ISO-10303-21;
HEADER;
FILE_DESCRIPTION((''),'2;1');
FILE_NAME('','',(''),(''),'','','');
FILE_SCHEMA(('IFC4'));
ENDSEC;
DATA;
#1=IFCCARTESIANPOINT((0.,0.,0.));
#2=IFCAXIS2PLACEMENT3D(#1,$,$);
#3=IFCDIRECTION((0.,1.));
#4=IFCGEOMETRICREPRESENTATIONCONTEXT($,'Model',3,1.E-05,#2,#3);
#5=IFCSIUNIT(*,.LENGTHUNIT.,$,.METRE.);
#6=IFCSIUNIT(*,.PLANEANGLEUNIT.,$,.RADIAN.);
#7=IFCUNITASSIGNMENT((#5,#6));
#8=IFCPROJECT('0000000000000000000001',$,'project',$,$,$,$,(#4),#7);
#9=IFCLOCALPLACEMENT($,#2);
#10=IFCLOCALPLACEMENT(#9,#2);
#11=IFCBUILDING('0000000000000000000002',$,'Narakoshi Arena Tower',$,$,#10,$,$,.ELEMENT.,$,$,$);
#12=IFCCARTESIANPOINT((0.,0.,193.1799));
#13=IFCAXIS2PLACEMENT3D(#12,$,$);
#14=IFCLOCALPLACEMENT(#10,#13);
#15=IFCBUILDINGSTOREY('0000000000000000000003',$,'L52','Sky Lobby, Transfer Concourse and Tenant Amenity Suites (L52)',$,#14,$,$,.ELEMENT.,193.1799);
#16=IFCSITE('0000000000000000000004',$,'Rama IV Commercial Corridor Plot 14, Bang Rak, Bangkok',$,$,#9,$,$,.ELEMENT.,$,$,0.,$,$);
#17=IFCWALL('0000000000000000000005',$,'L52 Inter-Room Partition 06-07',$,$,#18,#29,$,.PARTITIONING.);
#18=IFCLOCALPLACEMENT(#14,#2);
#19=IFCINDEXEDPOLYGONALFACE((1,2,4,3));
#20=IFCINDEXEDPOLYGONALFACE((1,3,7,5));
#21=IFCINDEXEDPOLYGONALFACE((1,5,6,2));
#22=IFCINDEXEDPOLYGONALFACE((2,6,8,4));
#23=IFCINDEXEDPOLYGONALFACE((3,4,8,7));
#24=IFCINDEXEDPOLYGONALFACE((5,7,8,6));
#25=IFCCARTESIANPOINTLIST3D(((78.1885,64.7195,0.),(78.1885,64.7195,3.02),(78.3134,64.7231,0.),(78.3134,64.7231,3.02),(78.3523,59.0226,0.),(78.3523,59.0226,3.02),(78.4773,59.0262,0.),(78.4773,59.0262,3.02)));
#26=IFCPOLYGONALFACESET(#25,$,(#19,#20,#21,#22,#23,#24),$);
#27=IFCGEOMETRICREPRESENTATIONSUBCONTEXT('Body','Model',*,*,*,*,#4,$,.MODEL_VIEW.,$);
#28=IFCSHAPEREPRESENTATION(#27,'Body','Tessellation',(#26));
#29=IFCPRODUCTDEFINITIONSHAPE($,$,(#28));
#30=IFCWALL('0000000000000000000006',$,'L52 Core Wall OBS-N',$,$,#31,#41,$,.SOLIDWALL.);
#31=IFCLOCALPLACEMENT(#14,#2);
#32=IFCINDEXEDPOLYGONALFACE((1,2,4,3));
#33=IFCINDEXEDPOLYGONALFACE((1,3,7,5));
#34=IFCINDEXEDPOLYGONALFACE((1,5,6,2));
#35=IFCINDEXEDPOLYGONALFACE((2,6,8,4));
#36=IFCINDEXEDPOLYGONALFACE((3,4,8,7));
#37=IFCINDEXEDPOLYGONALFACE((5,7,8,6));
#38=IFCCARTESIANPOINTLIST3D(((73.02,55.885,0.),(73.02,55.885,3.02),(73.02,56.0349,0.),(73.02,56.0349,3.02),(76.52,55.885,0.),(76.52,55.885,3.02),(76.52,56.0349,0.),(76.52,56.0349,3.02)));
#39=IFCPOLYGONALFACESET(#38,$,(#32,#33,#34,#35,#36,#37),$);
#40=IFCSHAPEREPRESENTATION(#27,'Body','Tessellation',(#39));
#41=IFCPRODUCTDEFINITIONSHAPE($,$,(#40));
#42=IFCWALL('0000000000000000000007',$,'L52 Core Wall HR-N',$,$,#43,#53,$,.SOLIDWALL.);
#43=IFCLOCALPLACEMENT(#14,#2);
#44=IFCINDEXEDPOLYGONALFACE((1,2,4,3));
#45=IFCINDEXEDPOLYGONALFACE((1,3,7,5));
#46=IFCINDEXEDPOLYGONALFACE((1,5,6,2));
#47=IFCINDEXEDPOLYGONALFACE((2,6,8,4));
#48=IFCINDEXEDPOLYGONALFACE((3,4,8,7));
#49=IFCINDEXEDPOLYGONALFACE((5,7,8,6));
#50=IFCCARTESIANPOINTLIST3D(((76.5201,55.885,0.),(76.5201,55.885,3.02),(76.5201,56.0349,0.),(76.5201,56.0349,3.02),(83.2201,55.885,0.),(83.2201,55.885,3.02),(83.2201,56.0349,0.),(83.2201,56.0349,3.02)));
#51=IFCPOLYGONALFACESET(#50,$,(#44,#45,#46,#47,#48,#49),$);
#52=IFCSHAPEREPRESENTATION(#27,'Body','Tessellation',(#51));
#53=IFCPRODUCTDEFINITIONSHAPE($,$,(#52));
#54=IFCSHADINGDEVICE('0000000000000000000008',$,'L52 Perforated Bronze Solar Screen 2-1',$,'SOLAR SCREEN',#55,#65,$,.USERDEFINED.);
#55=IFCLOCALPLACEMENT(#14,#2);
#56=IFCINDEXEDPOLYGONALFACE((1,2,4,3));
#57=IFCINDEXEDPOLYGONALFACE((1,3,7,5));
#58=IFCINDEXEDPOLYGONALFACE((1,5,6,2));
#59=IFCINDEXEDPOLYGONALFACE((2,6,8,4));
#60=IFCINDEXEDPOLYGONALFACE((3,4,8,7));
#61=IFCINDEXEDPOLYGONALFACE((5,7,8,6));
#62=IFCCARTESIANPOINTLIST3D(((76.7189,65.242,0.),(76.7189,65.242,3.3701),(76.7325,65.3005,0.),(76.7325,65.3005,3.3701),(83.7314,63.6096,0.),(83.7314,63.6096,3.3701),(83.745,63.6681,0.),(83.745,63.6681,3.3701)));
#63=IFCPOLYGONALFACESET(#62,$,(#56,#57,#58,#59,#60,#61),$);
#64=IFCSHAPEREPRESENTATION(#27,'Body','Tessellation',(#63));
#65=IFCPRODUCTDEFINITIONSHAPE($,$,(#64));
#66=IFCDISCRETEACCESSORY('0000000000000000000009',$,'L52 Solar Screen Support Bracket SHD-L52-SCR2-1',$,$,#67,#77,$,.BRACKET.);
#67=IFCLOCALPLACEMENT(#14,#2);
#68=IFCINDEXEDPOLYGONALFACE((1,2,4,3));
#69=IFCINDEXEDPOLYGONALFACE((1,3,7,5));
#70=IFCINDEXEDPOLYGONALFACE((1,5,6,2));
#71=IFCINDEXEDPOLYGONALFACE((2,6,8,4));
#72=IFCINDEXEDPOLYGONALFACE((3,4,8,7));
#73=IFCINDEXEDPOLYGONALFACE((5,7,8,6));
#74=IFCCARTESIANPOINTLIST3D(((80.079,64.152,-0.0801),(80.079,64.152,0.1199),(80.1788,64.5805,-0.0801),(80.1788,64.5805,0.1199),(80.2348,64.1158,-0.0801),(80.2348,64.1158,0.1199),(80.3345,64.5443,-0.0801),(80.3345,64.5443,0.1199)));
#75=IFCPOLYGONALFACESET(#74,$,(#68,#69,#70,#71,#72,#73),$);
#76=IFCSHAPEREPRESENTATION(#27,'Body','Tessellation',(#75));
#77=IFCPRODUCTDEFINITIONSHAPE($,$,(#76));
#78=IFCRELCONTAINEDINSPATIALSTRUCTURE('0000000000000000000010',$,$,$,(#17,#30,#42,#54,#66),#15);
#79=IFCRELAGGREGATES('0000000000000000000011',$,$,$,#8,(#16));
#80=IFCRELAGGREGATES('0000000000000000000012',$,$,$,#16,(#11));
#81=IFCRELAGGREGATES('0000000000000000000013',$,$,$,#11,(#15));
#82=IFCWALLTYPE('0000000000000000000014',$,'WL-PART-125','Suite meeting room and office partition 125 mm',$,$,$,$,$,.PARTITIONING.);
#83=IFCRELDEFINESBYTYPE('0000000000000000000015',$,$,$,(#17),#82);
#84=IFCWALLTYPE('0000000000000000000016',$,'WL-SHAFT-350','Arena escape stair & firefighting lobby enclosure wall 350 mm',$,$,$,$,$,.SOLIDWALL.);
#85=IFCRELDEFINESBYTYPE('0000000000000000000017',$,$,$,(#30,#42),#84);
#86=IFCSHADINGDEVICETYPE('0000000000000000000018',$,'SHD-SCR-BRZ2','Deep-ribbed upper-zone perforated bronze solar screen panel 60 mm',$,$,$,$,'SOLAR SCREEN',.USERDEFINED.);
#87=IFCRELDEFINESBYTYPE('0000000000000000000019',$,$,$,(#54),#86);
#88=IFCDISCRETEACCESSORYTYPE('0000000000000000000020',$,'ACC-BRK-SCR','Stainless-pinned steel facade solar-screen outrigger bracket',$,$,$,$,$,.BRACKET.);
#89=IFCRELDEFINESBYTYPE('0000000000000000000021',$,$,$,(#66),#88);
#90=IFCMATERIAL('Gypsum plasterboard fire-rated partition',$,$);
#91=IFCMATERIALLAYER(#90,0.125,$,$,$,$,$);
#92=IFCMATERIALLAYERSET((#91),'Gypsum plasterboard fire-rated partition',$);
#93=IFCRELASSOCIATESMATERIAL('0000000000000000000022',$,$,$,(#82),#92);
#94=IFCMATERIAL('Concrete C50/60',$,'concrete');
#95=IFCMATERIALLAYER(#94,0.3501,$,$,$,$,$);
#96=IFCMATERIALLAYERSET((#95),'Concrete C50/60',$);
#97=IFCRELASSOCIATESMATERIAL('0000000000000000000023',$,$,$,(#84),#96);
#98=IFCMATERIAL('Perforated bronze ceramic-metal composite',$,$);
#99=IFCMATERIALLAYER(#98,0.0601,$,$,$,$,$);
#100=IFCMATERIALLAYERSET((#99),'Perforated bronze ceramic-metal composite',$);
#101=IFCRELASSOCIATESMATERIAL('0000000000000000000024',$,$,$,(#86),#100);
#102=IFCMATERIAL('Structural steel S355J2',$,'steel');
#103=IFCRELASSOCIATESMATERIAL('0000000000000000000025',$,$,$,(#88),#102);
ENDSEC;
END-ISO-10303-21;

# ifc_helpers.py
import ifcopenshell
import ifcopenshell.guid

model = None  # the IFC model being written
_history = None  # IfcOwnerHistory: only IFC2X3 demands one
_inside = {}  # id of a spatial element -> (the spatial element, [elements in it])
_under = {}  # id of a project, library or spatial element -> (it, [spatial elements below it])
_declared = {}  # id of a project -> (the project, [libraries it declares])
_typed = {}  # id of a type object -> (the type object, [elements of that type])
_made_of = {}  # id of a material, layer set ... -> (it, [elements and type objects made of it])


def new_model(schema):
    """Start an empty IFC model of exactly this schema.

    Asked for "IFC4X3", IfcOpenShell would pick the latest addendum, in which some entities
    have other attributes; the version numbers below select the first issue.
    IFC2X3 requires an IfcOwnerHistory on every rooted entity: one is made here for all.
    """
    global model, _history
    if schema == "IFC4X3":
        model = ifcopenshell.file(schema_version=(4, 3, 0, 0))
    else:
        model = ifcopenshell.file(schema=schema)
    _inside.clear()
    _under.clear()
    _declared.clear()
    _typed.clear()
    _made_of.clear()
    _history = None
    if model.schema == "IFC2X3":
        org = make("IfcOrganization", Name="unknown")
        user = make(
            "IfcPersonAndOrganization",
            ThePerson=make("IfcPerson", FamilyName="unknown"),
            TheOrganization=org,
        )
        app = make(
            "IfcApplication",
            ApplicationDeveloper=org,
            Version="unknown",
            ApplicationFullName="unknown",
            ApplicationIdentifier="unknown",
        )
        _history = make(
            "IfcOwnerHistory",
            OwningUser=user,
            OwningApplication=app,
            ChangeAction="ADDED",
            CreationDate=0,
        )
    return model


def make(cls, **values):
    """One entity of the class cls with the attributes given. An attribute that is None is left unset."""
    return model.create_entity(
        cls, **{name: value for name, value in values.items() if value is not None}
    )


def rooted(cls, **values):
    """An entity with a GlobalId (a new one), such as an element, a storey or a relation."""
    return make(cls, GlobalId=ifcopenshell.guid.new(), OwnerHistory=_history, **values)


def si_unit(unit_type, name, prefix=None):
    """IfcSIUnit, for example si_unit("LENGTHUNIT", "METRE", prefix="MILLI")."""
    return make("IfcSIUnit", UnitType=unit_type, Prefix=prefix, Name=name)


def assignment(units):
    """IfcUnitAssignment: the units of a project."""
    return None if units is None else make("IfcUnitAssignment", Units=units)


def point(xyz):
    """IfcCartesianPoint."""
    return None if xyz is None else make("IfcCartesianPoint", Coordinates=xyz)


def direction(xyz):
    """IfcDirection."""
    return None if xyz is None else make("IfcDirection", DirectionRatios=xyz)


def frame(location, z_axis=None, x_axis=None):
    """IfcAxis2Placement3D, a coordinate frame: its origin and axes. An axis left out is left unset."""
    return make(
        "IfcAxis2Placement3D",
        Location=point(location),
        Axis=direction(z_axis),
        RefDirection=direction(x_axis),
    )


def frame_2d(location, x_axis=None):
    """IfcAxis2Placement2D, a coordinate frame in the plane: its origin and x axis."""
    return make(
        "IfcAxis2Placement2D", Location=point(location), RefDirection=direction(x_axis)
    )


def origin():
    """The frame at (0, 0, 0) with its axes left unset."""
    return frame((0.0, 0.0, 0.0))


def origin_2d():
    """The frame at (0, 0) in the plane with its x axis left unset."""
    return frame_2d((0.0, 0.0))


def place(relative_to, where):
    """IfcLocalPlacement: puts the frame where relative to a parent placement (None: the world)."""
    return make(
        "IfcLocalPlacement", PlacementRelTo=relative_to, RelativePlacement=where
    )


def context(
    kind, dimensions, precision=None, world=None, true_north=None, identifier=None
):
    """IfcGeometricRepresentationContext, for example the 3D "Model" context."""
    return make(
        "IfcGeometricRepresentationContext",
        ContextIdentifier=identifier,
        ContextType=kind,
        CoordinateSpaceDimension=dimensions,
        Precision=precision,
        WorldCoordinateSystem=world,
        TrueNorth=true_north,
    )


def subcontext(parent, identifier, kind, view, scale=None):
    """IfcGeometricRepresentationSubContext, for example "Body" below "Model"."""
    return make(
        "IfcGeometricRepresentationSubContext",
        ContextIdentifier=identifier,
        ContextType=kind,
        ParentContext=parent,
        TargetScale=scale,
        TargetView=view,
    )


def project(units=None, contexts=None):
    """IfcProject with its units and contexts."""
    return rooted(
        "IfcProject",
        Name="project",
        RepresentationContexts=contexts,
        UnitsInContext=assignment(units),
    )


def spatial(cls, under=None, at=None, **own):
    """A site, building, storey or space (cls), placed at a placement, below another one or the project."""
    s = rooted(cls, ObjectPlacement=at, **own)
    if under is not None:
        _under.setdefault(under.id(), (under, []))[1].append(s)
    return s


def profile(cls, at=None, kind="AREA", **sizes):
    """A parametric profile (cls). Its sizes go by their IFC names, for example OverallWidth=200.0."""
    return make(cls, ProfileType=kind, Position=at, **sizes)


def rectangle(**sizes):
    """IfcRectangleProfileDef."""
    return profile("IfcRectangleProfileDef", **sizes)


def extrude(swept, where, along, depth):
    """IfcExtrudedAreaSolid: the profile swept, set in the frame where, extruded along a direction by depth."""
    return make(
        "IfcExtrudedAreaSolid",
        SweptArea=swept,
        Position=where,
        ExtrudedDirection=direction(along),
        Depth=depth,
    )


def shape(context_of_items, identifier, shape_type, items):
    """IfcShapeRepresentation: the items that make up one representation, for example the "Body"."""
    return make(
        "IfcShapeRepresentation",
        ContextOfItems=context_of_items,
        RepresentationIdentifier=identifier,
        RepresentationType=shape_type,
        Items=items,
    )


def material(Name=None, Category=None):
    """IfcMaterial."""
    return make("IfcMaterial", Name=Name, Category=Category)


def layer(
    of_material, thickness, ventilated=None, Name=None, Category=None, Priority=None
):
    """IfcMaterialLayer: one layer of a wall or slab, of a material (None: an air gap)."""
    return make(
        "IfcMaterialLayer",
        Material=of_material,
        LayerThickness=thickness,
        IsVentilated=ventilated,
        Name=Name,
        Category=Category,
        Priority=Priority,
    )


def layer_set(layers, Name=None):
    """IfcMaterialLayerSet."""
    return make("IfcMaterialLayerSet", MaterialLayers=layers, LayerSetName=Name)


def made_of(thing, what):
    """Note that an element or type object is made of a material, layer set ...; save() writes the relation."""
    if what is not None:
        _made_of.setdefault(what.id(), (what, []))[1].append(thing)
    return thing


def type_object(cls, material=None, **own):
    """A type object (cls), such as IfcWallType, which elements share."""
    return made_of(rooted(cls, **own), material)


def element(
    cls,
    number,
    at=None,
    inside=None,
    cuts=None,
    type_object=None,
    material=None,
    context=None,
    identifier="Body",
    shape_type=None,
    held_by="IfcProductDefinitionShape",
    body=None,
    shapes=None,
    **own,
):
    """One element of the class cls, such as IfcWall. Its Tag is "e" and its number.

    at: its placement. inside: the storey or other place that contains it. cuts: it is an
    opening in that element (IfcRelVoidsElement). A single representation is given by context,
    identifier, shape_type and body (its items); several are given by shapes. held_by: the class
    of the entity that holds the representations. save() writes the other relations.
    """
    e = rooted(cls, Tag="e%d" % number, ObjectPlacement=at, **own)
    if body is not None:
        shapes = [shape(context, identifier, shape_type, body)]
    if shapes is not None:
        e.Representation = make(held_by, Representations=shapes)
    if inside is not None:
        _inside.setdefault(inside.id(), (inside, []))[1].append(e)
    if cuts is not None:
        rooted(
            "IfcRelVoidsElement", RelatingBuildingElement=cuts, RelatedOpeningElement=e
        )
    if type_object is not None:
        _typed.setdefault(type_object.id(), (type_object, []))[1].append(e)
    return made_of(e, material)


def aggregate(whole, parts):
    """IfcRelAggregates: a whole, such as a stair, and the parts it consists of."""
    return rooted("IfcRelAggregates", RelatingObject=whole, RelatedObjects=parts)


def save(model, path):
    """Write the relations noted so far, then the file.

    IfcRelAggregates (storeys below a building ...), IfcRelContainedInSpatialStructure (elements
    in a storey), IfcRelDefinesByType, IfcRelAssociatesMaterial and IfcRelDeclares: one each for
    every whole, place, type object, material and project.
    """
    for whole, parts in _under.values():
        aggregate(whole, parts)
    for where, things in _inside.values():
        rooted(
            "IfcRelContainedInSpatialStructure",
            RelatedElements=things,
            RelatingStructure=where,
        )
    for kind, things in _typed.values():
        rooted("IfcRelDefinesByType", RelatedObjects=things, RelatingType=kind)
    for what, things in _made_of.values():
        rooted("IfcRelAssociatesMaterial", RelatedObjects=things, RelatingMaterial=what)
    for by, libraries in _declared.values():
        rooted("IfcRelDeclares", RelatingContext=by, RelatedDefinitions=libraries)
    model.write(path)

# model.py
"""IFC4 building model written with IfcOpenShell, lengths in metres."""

from ifc_helpers import new_model, si_unit, direction, frame, frame_2d, origin, origin_2d, place, context, subcontext, project, spatial, rectangle, extrude, material, layer, layer_set, type_object, element, save


model = new_model("IFC4")

# Units and contexts
model_context = context("Model", 3, precision=1e-05, world=origin(), true_north=direction((0.0, 1.0)))
body_context = subcontext(model_context, "Body", "Model", "MODEL_VIEW")
ifc_project = project(units=[si_unit("LENGTHUNIT", "METRE"), si_unit("PLANEANGLEUNIT", "RADIAN")], contexts=[model_context])

# Site, building, storey
site_placement = place(None, origin())
site = spatial("IfcSite", under=ifc_project, at=site_placement, Name="Rama IV Commercial Corridor Plot 14, Bang Rak, Bangkok", CompositionType="ELEMENT", RefElevation=0.0)
building_placement = place(site_placement, origin())
building = spatial("IfcBuilding", under=site, at=building_placement, Name="Narakoshi Arena Tower", CompositionType="ELEMENT")
storey_placement = place(building_placement, frame((0.0, 0.0, 193.1799)))
storey = spatial("IfcBuildingStorey", under=building, at=storey_placement, Name="L52", Description="Sky Lobby, Transfer Concourse and Tenant Amenity Suites (L52)", CompositionType="ELEMENT", Elevation=193.1799)

# Shared definitions
ifc_material_1 = material(Name="Structural steel S355J2", Category="steel")

# Shared definitions
ifc_material_2 = material(Name="Gypsum plasterboard fire-rated partition")

# Walls
ifc_layer_1 = layer(ifc_material_2, 0.125)
ifc_layer_set_1 = layer_set([ifc_layer_1], Name="Gypsum plasterboard fire-rated partition")
wall_type_1 = type_object("IfcWallType", Name="WL-PART-125", Description="Suite meeting room and office partition 125 mm", PredefinedType="PARTITIONING", material=ifc_layer_set_1)
wall_1_placement = place(storey_placement, frame((78.4148, 59.0244, 0.0), z_axis=(0.0, 0.0, 1.0), x_axis=(-0.028744, 0.999587, 0.0)))
element("IfcWall", 1, at=wall_1_placement, inside=storey, type_object=wall_type_1, Name="L52 Inter-Room Partition 06-07", PredefinedType="PARTITIONING", context=body_context, shape_type="SweptSolid", body=[
    extrude(rectangle(XDim=5.6992, YDim=0.125, at=frame_2d((2.8496, 0.0))), origin(), (0.0, 0.0, 1.0), 3.02),
])
ifc_material_3 = material(Name="Concrete C50/60", Category="concrete")
ifc_layer_2 = layer(ifc_material_3, 0.3501)
ifc_layer_set_2 = layer_set([ifc_layer_2], Name="Concrete C50/60")
wall_type_2 = type_object("IfcWallType", Name="WL-SHAFT-350", Description="Arena escape stair & firefighting lobby enclosure wall 350 mm", PredefinedType="SOLIDWALL", material=ifc_layer_set_2)
wall_2_placement = place(storey_placement, frame((73.02, 55.96, 0.0), z_axis=(0.0, 0.0, 1.0), x_axis=(1.0, 0.0, 0.0)))
element("IfcWall", 2, at=wall_2_placement, inside=storey, type_object=wall_type_2, Name="L52 Core Wall OBS-N", PredefinedType="SOLIDWALL", context=body_context, shape_type="SweptSolid", body=[
    extrude(rectangle(XDim=3.5, YDim=0.1499, at=frame_2d((1.75, 0.0))), origin(), (0.0, 0.0, 1.0), 3.02),
])
wall_3_placement = place(storey_placement, frame((76.52, 55.96, 0.0), z_axis=(0.0, 0.0, 1.0), x_axis=(1.0, 0.0, 0.0)))
element("IfcWall", 3, at=wall_3_placement, inside=storey, type_object=wall_type_2, Name="L52 Core Wall HR-N", PredefinedType="SOLIDWALL", context=body_context, shape_type="SweptSolid", body=[
    extrude(rectangle(XDim=6.7, YDim=0.1499, at=frame_2d((3.3501, 0.0))), origin(), (0.0, 0.0, 1.0), 3.02),
])

# Shading device
ifc_material_4 = material(Name="Perforated bronze ceramic-metal composite")
ifc_layer_3 = layer(ifc_material_4, 0.0601)
ifc_layer_set_3 = layer_set([ifc_layer_3], Name="Perforated bronze ceramic-metal composite")
shading_device_type = type_object("IfcShadingDeviceType", Name="SHD-SCR-BRZ2", Description="Deep-ribbed upper-zone perforated bronze solar screen panel 60 mm", ElementType="SOLAR SCREEN", PredefinedType="USERDEFINED", material=ifc_layer_set_3)
shading_device_placement = place(storey_placement, frame((80.2319, 64.4551, 0.0), z_axis=(0.0, 0.0, 1.0), x_axis=(-0.97396, 0.226719, 0.0)))
element("IfcShadingDevice", 4, at=shading_device_placement, inside=storey, type_object=shading_device_type, Name="L52 Perforated Bronze Solar Screen 2-1", ObjectType="SOLAR SCREEN", PredefinedType="USERDEFINED", context=body_context, shape_type="SweptSolid", body=[
    extrude(rectangle(XDim=7.2, YDim=0.0601, at=origin_2d()), origin(), (0.0, 0.0, 1.0), 3.3701),
])

# Discrete accessory
discrete_accessory_type = type_object("IfcDiscreteAccessoryType", Name="ACC-BRK-SCR", Description="Stainless-pinned steel facade solar-screen outrigger bracket", PredefinedType="BRACKET", material=ifc_material_1)
discrete_accessory_placement = place(storey_placement, frame((80.2068, 64.3481, -0.0801), z_axis=(0.0, 0.0, 1.0), x_axis=(-0.97396, 0.226719, 0.0)))
element("IfcDiscreteAccessory", 5, at=discrete_accessory_placement, inside=storey, type_object=discrete_accessory_type, Name="L52 Solar Screen Support Bracket SHD-L52-SCR2-1", PredefinedType="BRACKET", context=body_context, shape_type="SweptSolid", body=[
    extrude(rectangle(XDim=0.1599, YDim=0.4399, at=origin_2d()), origin(), (0.0, 0.0, 1.0), 0.2),
])

save(model, "model.ifc")
